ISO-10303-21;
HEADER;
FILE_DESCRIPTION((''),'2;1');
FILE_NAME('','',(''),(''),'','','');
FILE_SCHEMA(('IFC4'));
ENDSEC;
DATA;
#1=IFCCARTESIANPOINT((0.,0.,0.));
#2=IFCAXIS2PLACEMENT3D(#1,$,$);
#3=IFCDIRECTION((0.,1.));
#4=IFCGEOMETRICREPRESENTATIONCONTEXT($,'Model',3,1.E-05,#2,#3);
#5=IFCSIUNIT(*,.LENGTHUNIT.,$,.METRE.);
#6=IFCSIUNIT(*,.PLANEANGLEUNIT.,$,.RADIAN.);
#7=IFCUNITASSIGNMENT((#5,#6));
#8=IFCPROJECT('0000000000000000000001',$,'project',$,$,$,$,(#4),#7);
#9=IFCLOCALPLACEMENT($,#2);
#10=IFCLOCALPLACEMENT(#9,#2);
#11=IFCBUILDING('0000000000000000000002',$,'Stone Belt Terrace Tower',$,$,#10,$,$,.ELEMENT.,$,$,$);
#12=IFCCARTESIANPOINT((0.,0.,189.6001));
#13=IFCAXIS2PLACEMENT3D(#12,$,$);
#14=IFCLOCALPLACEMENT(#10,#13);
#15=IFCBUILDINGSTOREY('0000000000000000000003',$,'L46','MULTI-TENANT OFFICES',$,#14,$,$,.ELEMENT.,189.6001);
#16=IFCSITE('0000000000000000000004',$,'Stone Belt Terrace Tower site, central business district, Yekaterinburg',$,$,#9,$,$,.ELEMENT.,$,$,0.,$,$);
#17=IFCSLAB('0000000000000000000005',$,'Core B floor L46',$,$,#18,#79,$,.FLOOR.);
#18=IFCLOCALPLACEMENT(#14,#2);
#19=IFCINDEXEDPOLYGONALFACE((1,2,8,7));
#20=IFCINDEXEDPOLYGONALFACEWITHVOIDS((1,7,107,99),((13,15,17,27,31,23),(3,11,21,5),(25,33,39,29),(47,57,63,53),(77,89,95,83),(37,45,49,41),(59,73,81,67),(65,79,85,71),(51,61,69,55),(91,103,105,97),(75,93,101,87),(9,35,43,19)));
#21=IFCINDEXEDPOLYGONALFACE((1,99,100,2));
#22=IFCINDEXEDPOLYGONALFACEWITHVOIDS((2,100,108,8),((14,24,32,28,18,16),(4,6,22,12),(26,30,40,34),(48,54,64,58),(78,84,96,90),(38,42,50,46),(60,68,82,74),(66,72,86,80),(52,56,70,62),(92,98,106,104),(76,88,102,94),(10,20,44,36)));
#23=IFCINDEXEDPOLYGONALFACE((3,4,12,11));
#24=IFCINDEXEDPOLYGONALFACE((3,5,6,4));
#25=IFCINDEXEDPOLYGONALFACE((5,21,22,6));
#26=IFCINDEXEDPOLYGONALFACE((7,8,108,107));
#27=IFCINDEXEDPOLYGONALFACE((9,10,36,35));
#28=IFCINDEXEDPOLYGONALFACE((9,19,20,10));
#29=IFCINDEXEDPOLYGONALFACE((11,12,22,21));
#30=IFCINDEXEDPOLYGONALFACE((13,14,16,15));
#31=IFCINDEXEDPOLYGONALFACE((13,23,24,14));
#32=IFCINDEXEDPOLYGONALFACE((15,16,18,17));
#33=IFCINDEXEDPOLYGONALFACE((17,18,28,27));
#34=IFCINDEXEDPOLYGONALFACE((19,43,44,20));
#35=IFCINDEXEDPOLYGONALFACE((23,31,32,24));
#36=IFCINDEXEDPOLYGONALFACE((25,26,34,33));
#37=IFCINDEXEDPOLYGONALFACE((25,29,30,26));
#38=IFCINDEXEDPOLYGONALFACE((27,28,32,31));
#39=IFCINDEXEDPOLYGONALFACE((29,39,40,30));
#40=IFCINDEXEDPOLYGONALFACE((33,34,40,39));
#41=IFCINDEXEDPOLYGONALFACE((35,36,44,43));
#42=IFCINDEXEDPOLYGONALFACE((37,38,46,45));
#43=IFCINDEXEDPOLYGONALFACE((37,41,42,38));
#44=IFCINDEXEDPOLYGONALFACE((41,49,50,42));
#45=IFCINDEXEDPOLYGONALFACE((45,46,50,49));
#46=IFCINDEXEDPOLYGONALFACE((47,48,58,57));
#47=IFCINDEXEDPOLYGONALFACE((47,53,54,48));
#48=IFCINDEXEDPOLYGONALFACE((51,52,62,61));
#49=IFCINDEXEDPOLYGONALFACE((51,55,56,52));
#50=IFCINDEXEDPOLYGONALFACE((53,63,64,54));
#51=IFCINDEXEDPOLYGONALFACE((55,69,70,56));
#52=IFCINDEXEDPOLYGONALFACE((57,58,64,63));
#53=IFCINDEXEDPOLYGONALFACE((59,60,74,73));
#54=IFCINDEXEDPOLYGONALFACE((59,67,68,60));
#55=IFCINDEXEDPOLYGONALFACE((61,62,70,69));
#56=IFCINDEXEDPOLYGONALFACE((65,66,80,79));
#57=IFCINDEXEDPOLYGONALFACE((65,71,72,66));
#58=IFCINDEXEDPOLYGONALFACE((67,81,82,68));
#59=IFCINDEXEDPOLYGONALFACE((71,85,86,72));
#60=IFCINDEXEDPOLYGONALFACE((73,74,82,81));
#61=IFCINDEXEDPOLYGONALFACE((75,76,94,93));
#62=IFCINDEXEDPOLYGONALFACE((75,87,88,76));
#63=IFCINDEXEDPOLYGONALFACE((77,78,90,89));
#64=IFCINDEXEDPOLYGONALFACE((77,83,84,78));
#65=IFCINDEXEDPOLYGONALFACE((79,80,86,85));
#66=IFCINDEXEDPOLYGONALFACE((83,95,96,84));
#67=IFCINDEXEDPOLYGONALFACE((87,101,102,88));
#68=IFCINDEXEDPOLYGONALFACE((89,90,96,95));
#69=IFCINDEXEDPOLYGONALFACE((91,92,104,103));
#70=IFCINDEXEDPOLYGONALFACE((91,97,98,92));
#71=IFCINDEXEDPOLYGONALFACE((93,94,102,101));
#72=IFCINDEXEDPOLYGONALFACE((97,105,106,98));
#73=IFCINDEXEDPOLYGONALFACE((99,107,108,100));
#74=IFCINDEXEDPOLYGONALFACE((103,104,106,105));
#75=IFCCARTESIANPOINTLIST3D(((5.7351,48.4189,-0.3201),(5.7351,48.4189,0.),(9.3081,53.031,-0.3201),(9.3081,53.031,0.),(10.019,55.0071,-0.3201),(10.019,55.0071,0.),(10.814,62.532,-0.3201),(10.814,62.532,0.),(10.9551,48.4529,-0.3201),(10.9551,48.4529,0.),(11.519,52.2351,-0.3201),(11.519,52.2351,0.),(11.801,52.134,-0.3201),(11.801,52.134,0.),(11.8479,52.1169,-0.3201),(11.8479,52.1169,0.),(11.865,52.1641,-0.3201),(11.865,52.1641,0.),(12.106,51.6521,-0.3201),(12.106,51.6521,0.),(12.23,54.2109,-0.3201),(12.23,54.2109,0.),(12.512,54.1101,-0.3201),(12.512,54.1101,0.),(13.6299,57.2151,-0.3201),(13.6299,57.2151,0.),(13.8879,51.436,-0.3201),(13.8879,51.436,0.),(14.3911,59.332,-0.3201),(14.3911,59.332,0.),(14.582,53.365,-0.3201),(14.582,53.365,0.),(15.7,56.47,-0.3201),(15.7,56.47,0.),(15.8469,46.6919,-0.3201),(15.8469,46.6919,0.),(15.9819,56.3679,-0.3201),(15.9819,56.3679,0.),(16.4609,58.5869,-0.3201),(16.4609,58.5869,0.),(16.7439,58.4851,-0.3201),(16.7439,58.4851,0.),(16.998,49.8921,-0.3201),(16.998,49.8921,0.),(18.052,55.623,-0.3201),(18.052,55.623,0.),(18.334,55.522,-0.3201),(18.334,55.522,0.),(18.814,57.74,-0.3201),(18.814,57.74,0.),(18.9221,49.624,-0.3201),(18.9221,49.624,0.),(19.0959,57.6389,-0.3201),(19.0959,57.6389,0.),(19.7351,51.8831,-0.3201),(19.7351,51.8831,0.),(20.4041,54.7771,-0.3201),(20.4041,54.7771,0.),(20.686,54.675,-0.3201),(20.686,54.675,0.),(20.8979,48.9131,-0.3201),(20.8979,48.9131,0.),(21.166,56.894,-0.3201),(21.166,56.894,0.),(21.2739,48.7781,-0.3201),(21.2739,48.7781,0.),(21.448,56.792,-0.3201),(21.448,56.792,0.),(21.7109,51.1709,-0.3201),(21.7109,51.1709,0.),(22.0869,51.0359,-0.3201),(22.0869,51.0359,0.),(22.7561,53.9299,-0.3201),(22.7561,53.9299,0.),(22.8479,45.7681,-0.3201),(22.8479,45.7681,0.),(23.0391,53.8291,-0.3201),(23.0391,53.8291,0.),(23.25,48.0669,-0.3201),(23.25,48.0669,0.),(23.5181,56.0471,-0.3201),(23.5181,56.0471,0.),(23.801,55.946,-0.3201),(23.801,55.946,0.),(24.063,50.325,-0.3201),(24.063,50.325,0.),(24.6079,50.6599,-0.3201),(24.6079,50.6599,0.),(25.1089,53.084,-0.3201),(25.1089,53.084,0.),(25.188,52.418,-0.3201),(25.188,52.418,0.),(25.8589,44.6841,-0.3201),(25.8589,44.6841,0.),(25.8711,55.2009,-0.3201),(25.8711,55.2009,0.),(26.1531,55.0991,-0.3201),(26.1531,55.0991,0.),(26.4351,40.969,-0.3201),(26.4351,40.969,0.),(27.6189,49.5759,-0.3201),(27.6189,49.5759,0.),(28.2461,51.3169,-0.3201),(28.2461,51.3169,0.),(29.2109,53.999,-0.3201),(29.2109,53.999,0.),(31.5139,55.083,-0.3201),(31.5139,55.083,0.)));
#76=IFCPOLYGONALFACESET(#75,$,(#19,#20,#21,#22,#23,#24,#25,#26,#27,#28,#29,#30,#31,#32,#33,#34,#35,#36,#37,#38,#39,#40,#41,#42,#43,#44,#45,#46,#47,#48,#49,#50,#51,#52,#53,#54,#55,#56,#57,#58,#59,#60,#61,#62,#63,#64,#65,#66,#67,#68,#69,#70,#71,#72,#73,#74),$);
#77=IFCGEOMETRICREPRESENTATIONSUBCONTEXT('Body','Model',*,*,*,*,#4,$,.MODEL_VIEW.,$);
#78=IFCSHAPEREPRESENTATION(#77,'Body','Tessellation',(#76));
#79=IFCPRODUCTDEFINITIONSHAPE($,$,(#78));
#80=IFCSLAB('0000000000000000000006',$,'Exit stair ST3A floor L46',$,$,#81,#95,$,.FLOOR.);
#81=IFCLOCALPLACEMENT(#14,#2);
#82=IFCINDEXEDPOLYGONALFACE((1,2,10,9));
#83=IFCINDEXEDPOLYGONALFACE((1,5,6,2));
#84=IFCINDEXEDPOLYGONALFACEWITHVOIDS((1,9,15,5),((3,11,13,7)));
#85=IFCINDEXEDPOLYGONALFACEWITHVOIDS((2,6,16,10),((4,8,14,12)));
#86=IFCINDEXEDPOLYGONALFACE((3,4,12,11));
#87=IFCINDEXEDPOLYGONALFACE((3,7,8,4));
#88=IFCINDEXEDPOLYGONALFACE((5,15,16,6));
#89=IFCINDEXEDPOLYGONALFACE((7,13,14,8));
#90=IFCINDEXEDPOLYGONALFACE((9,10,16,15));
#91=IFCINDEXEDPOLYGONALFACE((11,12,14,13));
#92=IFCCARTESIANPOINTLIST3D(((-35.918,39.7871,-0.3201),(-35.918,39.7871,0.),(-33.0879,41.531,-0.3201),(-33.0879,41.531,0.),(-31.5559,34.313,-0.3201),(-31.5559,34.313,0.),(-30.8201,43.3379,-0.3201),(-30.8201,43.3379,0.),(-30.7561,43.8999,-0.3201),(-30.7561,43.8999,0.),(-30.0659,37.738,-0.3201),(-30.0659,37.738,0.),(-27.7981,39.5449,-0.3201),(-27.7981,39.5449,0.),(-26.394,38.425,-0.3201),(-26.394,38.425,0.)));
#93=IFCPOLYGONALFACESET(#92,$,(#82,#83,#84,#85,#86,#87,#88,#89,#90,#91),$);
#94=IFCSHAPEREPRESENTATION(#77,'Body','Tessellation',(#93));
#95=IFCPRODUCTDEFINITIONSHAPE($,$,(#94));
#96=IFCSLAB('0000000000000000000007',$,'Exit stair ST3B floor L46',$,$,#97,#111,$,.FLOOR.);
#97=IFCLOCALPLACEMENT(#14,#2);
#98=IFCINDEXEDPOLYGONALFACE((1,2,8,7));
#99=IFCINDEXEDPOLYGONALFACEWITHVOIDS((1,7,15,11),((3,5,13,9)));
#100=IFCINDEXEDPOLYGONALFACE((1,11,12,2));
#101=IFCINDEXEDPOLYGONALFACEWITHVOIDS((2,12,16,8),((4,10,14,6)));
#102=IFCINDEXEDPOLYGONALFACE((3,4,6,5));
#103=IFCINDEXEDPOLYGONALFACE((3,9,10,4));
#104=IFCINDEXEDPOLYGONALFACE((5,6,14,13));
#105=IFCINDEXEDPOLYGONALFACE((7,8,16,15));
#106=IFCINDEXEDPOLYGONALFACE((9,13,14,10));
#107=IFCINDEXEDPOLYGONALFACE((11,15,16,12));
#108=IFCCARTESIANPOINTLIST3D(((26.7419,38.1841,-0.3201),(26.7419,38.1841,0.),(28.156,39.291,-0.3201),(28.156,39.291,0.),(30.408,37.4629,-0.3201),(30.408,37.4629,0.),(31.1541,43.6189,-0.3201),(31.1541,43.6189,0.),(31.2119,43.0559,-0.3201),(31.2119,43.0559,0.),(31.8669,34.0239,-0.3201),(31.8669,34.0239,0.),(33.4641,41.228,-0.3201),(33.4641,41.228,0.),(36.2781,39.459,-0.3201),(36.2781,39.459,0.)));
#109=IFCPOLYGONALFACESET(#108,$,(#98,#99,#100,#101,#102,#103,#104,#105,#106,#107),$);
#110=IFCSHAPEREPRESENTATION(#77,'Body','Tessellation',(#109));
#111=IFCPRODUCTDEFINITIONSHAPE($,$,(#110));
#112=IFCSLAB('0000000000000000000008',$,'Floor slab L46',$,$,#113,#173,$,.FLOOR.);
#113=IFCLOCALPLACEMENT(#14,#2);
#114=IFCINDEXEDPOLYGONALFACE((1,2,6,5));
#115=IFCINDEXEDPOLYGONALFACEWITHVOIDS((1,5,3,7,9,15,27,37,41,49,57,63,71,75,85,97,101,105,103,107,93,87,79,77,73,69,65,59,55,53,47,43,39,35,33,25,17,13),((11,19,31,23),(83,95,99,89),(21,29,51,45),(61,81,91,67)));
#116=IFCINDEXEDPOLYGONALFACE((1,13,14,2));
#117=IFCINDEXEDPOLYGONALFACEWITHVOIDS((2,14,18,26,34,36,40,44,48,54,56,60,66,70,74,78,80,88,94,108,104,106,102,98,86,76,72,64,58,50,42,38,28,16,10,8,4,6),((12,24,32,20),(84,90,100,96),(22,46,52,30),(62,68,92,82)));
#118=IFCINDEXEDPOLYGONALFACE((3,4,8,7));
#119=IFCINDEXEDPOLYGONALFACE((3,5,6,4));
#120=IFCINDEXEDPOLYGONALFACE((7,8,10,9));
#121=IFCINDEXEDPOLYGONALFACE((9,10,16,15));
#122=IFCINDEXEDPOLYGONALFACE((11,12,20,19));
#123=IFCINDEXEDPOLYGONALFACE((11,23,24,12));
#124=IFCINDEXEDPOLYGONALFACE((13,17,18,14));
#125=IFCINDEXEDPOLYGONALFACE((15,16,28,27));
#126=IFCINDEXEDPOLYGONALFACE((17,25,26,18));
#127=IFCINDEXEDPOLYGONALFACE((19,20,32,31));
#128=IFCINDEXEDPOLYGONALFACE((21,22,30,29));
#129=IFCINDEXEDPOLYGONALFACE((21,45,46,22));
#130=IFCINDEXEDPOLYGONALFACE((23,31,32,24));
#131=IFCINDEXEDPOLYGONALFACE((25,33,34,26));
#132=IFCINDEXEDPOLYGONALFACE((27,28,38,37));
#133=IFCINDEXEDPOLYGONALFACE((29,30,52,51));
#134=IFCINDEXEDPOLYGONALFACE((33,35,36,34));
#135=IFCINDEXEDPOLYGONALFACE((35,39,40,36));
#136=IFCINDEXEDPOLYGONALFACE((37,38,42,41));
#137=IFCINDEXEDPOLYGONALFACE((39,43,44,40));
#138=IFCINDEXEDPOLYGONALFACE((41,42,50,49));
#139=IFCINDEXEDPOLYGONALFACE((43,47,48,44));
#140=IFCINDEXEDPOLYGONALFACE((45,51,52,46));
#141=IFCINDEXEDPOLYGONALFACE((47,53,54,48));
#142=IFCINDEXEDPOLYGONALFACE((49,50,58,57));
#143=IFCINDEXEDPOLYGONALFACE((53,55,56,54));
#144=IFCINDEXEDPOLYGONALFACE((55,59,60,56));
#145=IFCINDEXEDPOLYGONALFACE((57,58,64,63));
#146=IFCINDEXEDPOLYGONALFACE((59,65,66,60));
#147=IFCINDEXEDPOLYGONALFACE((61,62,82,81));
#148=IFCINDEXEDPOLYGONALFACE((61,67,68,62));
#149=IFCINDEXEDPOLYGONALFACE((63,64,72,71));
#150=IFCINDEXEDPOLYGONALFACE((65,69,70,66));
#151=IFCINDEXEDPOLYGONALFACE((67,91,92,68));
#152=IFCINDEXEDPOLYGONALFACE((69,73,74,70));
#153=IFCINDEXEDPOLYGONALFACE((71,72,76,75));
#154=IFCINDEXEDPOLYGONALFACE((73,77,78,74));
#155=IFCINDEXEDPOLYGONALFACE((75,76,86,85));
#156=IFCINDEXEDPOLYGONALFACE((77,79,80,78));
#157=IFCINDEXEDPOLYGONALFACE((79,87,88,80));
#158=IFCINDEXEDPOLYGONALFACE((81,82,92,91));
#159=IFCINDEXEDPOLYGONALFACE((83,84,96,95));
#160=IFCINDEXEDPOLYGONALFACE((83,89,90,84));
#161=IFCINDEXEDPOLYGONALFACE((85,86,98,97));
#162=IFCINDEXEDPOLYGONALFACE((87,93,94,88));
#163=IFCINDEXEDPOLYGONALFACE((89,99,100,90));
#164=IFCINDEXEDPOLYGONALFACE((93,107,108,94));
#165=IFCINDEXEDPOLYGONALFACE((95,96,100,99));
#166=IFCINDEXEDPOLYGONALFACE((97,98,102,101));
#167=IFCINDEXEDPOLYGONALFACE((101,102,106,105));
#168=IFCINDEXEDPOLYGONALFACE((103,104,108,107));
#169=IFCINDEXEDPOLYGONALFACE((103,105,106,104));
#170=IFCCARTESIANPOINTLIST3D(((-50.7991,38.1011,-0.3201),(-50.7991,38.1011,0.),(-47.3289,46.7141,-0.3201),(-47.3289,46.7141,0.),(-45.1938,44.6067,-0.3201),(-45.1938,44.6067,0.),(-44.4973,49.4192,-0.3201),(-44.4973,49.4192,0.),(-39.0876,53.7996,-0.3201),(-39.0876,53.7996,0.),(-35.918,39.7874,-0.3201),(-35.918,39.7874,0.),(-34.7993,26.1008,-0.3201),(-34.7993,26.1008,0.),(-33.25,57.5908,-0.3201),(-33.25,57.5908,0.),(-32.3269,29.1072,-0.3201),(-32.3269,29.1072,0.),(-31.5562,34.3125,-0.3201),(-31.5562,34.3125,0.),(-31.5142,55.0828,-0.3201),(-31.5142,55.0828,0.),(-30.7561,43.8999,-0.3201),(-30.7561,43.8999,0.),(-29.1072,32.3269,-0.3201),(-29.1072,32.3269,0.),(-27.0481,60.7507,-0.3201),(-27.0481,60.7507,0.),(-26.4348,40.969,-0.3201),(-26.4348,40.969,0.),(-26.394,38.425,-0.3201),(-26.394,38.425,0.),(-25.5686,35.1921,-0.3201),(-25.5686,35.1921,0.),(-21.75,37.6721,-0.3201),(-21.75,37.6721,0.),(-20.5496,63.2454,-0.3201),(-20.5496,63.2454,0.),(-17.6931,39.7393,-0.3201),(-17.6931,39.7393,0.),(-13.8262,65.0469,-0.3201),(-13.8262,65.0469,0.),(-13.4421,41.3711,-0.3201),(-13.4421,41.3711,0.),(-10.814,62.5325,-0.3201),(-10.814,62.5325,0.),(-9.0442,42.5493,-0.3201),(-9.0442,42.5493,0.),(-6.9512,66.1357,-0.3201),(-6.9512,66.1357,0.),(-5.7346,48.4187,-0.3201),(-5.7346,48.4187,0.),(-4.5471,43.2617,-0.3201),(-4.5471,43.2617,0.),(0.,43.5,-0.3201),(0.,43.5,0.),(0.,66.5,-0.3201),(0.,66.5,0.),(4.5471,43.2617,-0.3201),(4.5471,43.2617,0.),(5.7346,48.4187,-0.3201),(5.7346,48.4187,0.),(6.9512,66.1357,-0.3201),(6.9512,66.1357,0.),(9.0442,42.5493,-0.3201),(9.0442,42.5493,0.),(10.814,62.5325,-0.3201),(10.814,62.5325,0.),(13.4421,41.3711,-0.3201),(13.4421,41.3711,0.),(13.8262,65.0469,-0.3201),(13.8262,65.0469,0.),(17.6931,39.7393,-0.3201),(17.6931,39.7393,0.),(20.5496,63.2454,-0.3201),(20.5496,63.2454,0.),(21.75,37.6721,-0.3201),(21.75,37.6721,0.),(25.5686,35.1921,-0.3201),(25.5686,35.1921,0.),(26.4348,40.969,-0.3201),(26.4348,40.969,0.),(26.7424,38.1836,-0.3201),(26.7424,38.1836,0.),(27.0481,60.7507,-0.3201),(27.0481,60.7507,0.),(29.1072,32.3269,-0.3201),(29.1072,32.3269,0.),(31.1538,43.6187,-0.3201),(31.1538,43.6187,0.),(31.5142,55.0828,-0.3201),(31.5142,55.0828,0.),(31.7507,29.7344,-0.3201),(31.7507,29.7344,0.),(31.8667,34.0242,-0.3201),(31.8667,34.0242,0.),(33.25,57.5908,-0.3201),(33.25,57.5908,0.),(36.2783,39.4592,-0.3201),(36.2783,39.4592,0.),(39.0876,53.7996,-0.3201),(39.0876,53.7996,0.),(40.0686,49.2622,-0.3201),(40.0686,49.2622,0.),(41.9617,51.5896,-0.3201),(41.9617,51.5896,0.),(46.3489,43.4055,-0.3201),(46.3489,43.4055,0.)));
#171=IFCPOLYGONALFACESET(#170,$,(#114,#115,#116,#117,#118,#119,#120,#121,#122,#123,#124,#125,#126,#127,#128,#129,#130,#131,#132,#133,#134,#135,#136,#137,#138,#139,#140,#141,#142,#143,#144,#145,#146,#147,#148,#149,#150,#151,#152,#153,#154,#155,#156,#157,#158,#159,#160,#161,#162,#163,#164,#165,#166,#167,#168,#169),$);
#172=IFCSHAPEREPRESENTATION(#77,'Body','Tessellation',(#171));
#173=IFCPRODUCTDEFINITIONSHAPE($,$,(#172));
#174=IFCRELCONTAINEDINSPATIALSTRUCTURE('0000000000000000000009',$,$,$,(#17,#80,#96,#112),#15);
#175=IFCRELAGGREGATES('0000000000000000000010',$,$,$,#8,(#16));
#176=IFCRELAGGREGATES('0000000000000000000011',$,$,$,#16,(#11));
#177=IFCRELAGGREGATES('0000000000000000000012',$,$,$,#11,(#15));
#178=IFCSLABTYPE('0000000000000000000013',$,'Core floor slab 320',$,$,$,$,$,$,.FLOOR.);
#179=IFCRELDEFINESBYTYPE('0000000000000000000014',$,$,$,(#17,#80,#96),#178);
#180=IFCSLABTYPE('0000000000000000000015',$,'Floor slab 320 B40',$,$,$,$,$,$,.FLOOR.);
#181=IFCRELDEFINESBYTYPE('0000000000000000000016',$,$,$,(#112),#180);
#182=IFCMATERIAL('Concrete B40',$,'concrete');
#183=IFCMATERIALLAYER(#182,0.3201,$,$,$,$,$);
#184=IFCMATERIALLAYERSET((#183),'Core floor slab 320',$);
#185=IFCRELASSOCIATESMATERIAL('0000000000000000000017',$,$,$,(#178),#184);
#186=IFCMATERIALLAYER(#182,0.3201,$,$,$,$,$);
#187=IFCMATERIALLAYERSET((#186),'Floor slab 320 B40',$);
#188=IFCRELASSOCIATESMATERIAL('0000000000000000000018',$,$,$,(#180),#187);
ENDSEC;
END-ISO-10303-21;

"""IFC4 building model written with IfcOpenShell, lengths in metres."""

from ifc_helpers import new_model, si_unit, direction, frame, origin, place, context, subcontext, project, spatial, polyline, outline, extrude, material, layer, layer_set, type_object, element, save


model = new_model("IFC4")

# Units and contexts
model_context = context("Model", 3, precision=1e-05, world=origin(), true_north=direction((0.0, 1.0)))
body_context = subcontext(model_context, "Body", "Model", "MODEL_VIEW")
ifc_project = project(units=[si_unit("LENGTHUNIT", "METRE"), si_unit("PLANEANGLEUNIT", "RADIAN")], contexts=[model_context])

# Site, building, storey
site_placement = place(None, origin())
site = spatial("IfcSite", under=ifc_project, at=site_placement, Name="Stone Belt Terrace Tower site, central business district, Yekaterinburg", CompositionType="ELEMENT", RefElevation=0.0)
building_placement = place(site_placement, origin())
building = spatial("IfcBuilding", under=site, at=building_placement, Name="Stone Belt Terrace Tower", CompositionType="ELEMENT")
storey_placement = place(building_placement, frame((0.0, 0.0, 189.6001)))
storey = spatial("IfcBuildingStorey", under=building, at=storey_placement, Name="L46", Description="MULTI-TENANT OFFICES", CompositionType="ELEMENT", Elevation=189.6001)

# Slabs
ifc_material_1 = material(Name="Concrete B40", Category="concrete")
ifc_layer_1 = layer(ifc_material_1, 0.3201)
ifc_layer_set_1 = layer_set([ifc_layer_1], Name="Core floor slab 320")
slab_type_1 = type_object("IfcSlabType", Name="Core floor slab 320", PredefinedType="FLOOR", material=ifc_layer_set_1)
slab_1_placement = place(storey_placement, frame((0.0, 0.0, -0.3201)))
element("IfcSlab", 1, at=slab_1_placement, inside=storey, type_object=slab_type_1, Name="Core B floor L46", PredefinedType="FLOOR", context=body_context, shape_type="SweptSolid", body=[
    extrude(outline(polyline([(26.4351, 40.969), (31.5139, 55.083), (10.814, 62.532), (5.7351, 48.4189), (26.4351, 40.969)]), holes=[polyline([(12.106, 51.6521), (16.998, 49.8921), (15.8469, 46.6919), (10.9551, 48.4529), (12.106, 51.6521)]), polyline([(12.512, 54.1101), (14.582, 53.365), (13.8879, 51.436), (11.865, 52.1641), (11.8479, 52.1169), (11.801, 52.134), (12.512, 54.1101)]), polyline([(9.3081, 53.031), (10.019, 55.0071), (12.23, 54.2109), (11.519, 52.2351), (9.3081, 53.031)]), polyline([(18.334, 55.522), (19.0959, 57.6389), (21.166, 56.894), (20.4041, 54.7771), (18.334, 55.522)]), polyline([(16.7439, 58.4851), (18.814, 57.74), (18.052, 55.623), (15.9819, 56.3679), (16.7439, 58.4851)]), polyline([(14.3911, 59.332), (16.4609, 58.5869), (15.7, 56.47), (13.6299, 57.2151), (14.3911, 59.332)]), polyline([(27.6189, 49.5759), (25.8589, 44.6841), (22.8479, 45.7681), (24.6079, 50.6599), (27.6189, 49.5759)]), polyline([(23.25, 48.0669), (21.2739, 48.7781), (22.0869, 51.0359), (24.063, 50.325), (23.25, 48.0669)]), polyline([(20.8979, 48.9131), (18.9221, 49.624), (19.7351, 51.8831), (21.7109, 51.1709), (20.8979, 48.9131)]), polyline([(26.1531, 55.0991), (29.2109, 53.999), (28.2461, 51.3169), (25.188, 52.418), (26.1531, 55.0991)]), polyline([(23.801, 55.946), (25.8711, 55.2009), (25.1089, 53.084), (23.0391, 53.8291), (23.801, 55.946)]), polyline([(21.448, 56.792), (23.5181, 56.0471), (22.7561, 53.9299), (20.686, 54.675), (21.448, 56.792)])]), origin(), (0.0, 0.0, 1.0), 0.3201),
])
slab_2_placement = place(storey_placement, frame((0.0, 0.0, -0.3201)))
element("IfcSlab", 2, at=slab_2_placement, inside=storey, type_object=slab_type_1, Name="Exit stair ST3A floor L46", PredefinedType="FLOOR", context=body_context, shape_type="SweptSolid", body=[
    extrude(outline(polyline([(-26.394, 38.425), (-30.7561, 43.8999), (-35.918, 39.7871), (-31.5559, 34.313), (-26.394, 38.425)]), holes=[polyline([(-27.7981, 39.5449), (-30.0659, 37.738), (-33.0879, 41.531), (-30.8201, 43.3379), (-27.7981, 39.5449)])]), origin(), (0.0, 0.0, 1.0), 0.3201),
])
slab_3_placement = place(storey_placement, frame((0.0, 0.0, -0.3201)))
element("IfcSlab", 3, at=slab_3_placement, inside=storey, type_object=slab_type_1, Name="Exit stair ST3B floor L46", PredefinedType="FLOOR", context=body_context, shape_type="SweptSolid", body=[
    extrude(outline(polyline([(26.7419, 38.1841), (31.8669, 34.0239), (36.2781, 39.459), (31.1541, 43.6189), (26.7419, 38.1841)]), holes=[polyline([(30.408, 37.4629), (28.156, 39.291), (31.2119, 43.0559), (33.4641, 41.228), (30.408, 37.4629)])]), origin(), (0.0, 0.0, 1.0), 0.3201),
])
ifc_layer_2 = layer(ifc_material_1, 0.3201)
ifc_layer_set_2 = layer_set([ifc_layer_2], Name="Floor slab 320 B40")
slab_type_2 = type_object("IfcSlabType", Name="Floor slab 320 B40", PredefinedType="FLOOR", material=ifc_layer_set_2)
slab_4_placement = place(storey_placement, frame((0.0, 0.0, -0.3201)))
element("IfcSlab", 4, at=slab_4_placement, inside=storey, type_object=slab_type_2, Name="Floor slab L46", PredefinedType="FLOOR", context=body_context, shape_type="SweptSolid", body=[
    extrude(outline(polyline([(-44.4973, 49.4192), (-39.0876, 53.7996), (-33.25, 57.5908), (-27.0481, 60.7507), (-20.5496, 63.2454), (-13.8262, 65.0469), (-6.9512, 66.1357), (0.0, 66.5), (6.9512, 66.1357), (13.8262, 65.0469), (20.5496, 63.2454), (27.0481, 60.7507), (33.25, 57.5908), (39.0876, 53.7996), (41.9617, 51.5896), (40.0686, 49.2622), (46.3489, 43.4055), (31.7507, 29.7344), (29.1072, 32.3269), (25.5686, 35.1921), (21.75, 37.6721), (17.6931, 39.7393), (13.4421, 41.3711), (9.0442, 42.5493), (4.5471, 43.2617), (0.0, 43.5), (-4.5471, 43.2617), (-9.0442, 42.5493), (-13.4421, 41.3711), (-17.6931, 39.7393), (-21.75, 37.6721), (-25.5686, 35.1921), (-29.1072, 32.3269), (-32.3269, 29.1072), (-34.7993, 26.1008), (-50.7991, 38.1011), (-45.1938, 44.6067), (-47.3289, 46.7141), (-44.4973, 49.4192)]), holes=[polyline([(-26.4348, 40.969), (-5.7346, 48.4187), (-10.814, 62.5325), (-31.5142, 55.0828), (-26.4348, 40.969)]), polyline([(10.814, 62.5325), (5.7346, 48.4187), (26.4348, 40.969), (31.5142, 55.0828), (10.814, 62.5325)]), polyline([(-35.918, 39.7874), (-31.5562, 34.3125), (-26.394, 38.425), (-30.7561, 43.8999), (-35.918, 39.7874)]), polyline([(36.2783, 39.4592), (31.1538, 43.6187), (26.7424, 38.1836), (31.8667, 34.0242), (36.2783, 39.4592)])]), origin(), (0.0, 0.0, 1.0), 0.3201),
])

save(model, "model.ifc")
